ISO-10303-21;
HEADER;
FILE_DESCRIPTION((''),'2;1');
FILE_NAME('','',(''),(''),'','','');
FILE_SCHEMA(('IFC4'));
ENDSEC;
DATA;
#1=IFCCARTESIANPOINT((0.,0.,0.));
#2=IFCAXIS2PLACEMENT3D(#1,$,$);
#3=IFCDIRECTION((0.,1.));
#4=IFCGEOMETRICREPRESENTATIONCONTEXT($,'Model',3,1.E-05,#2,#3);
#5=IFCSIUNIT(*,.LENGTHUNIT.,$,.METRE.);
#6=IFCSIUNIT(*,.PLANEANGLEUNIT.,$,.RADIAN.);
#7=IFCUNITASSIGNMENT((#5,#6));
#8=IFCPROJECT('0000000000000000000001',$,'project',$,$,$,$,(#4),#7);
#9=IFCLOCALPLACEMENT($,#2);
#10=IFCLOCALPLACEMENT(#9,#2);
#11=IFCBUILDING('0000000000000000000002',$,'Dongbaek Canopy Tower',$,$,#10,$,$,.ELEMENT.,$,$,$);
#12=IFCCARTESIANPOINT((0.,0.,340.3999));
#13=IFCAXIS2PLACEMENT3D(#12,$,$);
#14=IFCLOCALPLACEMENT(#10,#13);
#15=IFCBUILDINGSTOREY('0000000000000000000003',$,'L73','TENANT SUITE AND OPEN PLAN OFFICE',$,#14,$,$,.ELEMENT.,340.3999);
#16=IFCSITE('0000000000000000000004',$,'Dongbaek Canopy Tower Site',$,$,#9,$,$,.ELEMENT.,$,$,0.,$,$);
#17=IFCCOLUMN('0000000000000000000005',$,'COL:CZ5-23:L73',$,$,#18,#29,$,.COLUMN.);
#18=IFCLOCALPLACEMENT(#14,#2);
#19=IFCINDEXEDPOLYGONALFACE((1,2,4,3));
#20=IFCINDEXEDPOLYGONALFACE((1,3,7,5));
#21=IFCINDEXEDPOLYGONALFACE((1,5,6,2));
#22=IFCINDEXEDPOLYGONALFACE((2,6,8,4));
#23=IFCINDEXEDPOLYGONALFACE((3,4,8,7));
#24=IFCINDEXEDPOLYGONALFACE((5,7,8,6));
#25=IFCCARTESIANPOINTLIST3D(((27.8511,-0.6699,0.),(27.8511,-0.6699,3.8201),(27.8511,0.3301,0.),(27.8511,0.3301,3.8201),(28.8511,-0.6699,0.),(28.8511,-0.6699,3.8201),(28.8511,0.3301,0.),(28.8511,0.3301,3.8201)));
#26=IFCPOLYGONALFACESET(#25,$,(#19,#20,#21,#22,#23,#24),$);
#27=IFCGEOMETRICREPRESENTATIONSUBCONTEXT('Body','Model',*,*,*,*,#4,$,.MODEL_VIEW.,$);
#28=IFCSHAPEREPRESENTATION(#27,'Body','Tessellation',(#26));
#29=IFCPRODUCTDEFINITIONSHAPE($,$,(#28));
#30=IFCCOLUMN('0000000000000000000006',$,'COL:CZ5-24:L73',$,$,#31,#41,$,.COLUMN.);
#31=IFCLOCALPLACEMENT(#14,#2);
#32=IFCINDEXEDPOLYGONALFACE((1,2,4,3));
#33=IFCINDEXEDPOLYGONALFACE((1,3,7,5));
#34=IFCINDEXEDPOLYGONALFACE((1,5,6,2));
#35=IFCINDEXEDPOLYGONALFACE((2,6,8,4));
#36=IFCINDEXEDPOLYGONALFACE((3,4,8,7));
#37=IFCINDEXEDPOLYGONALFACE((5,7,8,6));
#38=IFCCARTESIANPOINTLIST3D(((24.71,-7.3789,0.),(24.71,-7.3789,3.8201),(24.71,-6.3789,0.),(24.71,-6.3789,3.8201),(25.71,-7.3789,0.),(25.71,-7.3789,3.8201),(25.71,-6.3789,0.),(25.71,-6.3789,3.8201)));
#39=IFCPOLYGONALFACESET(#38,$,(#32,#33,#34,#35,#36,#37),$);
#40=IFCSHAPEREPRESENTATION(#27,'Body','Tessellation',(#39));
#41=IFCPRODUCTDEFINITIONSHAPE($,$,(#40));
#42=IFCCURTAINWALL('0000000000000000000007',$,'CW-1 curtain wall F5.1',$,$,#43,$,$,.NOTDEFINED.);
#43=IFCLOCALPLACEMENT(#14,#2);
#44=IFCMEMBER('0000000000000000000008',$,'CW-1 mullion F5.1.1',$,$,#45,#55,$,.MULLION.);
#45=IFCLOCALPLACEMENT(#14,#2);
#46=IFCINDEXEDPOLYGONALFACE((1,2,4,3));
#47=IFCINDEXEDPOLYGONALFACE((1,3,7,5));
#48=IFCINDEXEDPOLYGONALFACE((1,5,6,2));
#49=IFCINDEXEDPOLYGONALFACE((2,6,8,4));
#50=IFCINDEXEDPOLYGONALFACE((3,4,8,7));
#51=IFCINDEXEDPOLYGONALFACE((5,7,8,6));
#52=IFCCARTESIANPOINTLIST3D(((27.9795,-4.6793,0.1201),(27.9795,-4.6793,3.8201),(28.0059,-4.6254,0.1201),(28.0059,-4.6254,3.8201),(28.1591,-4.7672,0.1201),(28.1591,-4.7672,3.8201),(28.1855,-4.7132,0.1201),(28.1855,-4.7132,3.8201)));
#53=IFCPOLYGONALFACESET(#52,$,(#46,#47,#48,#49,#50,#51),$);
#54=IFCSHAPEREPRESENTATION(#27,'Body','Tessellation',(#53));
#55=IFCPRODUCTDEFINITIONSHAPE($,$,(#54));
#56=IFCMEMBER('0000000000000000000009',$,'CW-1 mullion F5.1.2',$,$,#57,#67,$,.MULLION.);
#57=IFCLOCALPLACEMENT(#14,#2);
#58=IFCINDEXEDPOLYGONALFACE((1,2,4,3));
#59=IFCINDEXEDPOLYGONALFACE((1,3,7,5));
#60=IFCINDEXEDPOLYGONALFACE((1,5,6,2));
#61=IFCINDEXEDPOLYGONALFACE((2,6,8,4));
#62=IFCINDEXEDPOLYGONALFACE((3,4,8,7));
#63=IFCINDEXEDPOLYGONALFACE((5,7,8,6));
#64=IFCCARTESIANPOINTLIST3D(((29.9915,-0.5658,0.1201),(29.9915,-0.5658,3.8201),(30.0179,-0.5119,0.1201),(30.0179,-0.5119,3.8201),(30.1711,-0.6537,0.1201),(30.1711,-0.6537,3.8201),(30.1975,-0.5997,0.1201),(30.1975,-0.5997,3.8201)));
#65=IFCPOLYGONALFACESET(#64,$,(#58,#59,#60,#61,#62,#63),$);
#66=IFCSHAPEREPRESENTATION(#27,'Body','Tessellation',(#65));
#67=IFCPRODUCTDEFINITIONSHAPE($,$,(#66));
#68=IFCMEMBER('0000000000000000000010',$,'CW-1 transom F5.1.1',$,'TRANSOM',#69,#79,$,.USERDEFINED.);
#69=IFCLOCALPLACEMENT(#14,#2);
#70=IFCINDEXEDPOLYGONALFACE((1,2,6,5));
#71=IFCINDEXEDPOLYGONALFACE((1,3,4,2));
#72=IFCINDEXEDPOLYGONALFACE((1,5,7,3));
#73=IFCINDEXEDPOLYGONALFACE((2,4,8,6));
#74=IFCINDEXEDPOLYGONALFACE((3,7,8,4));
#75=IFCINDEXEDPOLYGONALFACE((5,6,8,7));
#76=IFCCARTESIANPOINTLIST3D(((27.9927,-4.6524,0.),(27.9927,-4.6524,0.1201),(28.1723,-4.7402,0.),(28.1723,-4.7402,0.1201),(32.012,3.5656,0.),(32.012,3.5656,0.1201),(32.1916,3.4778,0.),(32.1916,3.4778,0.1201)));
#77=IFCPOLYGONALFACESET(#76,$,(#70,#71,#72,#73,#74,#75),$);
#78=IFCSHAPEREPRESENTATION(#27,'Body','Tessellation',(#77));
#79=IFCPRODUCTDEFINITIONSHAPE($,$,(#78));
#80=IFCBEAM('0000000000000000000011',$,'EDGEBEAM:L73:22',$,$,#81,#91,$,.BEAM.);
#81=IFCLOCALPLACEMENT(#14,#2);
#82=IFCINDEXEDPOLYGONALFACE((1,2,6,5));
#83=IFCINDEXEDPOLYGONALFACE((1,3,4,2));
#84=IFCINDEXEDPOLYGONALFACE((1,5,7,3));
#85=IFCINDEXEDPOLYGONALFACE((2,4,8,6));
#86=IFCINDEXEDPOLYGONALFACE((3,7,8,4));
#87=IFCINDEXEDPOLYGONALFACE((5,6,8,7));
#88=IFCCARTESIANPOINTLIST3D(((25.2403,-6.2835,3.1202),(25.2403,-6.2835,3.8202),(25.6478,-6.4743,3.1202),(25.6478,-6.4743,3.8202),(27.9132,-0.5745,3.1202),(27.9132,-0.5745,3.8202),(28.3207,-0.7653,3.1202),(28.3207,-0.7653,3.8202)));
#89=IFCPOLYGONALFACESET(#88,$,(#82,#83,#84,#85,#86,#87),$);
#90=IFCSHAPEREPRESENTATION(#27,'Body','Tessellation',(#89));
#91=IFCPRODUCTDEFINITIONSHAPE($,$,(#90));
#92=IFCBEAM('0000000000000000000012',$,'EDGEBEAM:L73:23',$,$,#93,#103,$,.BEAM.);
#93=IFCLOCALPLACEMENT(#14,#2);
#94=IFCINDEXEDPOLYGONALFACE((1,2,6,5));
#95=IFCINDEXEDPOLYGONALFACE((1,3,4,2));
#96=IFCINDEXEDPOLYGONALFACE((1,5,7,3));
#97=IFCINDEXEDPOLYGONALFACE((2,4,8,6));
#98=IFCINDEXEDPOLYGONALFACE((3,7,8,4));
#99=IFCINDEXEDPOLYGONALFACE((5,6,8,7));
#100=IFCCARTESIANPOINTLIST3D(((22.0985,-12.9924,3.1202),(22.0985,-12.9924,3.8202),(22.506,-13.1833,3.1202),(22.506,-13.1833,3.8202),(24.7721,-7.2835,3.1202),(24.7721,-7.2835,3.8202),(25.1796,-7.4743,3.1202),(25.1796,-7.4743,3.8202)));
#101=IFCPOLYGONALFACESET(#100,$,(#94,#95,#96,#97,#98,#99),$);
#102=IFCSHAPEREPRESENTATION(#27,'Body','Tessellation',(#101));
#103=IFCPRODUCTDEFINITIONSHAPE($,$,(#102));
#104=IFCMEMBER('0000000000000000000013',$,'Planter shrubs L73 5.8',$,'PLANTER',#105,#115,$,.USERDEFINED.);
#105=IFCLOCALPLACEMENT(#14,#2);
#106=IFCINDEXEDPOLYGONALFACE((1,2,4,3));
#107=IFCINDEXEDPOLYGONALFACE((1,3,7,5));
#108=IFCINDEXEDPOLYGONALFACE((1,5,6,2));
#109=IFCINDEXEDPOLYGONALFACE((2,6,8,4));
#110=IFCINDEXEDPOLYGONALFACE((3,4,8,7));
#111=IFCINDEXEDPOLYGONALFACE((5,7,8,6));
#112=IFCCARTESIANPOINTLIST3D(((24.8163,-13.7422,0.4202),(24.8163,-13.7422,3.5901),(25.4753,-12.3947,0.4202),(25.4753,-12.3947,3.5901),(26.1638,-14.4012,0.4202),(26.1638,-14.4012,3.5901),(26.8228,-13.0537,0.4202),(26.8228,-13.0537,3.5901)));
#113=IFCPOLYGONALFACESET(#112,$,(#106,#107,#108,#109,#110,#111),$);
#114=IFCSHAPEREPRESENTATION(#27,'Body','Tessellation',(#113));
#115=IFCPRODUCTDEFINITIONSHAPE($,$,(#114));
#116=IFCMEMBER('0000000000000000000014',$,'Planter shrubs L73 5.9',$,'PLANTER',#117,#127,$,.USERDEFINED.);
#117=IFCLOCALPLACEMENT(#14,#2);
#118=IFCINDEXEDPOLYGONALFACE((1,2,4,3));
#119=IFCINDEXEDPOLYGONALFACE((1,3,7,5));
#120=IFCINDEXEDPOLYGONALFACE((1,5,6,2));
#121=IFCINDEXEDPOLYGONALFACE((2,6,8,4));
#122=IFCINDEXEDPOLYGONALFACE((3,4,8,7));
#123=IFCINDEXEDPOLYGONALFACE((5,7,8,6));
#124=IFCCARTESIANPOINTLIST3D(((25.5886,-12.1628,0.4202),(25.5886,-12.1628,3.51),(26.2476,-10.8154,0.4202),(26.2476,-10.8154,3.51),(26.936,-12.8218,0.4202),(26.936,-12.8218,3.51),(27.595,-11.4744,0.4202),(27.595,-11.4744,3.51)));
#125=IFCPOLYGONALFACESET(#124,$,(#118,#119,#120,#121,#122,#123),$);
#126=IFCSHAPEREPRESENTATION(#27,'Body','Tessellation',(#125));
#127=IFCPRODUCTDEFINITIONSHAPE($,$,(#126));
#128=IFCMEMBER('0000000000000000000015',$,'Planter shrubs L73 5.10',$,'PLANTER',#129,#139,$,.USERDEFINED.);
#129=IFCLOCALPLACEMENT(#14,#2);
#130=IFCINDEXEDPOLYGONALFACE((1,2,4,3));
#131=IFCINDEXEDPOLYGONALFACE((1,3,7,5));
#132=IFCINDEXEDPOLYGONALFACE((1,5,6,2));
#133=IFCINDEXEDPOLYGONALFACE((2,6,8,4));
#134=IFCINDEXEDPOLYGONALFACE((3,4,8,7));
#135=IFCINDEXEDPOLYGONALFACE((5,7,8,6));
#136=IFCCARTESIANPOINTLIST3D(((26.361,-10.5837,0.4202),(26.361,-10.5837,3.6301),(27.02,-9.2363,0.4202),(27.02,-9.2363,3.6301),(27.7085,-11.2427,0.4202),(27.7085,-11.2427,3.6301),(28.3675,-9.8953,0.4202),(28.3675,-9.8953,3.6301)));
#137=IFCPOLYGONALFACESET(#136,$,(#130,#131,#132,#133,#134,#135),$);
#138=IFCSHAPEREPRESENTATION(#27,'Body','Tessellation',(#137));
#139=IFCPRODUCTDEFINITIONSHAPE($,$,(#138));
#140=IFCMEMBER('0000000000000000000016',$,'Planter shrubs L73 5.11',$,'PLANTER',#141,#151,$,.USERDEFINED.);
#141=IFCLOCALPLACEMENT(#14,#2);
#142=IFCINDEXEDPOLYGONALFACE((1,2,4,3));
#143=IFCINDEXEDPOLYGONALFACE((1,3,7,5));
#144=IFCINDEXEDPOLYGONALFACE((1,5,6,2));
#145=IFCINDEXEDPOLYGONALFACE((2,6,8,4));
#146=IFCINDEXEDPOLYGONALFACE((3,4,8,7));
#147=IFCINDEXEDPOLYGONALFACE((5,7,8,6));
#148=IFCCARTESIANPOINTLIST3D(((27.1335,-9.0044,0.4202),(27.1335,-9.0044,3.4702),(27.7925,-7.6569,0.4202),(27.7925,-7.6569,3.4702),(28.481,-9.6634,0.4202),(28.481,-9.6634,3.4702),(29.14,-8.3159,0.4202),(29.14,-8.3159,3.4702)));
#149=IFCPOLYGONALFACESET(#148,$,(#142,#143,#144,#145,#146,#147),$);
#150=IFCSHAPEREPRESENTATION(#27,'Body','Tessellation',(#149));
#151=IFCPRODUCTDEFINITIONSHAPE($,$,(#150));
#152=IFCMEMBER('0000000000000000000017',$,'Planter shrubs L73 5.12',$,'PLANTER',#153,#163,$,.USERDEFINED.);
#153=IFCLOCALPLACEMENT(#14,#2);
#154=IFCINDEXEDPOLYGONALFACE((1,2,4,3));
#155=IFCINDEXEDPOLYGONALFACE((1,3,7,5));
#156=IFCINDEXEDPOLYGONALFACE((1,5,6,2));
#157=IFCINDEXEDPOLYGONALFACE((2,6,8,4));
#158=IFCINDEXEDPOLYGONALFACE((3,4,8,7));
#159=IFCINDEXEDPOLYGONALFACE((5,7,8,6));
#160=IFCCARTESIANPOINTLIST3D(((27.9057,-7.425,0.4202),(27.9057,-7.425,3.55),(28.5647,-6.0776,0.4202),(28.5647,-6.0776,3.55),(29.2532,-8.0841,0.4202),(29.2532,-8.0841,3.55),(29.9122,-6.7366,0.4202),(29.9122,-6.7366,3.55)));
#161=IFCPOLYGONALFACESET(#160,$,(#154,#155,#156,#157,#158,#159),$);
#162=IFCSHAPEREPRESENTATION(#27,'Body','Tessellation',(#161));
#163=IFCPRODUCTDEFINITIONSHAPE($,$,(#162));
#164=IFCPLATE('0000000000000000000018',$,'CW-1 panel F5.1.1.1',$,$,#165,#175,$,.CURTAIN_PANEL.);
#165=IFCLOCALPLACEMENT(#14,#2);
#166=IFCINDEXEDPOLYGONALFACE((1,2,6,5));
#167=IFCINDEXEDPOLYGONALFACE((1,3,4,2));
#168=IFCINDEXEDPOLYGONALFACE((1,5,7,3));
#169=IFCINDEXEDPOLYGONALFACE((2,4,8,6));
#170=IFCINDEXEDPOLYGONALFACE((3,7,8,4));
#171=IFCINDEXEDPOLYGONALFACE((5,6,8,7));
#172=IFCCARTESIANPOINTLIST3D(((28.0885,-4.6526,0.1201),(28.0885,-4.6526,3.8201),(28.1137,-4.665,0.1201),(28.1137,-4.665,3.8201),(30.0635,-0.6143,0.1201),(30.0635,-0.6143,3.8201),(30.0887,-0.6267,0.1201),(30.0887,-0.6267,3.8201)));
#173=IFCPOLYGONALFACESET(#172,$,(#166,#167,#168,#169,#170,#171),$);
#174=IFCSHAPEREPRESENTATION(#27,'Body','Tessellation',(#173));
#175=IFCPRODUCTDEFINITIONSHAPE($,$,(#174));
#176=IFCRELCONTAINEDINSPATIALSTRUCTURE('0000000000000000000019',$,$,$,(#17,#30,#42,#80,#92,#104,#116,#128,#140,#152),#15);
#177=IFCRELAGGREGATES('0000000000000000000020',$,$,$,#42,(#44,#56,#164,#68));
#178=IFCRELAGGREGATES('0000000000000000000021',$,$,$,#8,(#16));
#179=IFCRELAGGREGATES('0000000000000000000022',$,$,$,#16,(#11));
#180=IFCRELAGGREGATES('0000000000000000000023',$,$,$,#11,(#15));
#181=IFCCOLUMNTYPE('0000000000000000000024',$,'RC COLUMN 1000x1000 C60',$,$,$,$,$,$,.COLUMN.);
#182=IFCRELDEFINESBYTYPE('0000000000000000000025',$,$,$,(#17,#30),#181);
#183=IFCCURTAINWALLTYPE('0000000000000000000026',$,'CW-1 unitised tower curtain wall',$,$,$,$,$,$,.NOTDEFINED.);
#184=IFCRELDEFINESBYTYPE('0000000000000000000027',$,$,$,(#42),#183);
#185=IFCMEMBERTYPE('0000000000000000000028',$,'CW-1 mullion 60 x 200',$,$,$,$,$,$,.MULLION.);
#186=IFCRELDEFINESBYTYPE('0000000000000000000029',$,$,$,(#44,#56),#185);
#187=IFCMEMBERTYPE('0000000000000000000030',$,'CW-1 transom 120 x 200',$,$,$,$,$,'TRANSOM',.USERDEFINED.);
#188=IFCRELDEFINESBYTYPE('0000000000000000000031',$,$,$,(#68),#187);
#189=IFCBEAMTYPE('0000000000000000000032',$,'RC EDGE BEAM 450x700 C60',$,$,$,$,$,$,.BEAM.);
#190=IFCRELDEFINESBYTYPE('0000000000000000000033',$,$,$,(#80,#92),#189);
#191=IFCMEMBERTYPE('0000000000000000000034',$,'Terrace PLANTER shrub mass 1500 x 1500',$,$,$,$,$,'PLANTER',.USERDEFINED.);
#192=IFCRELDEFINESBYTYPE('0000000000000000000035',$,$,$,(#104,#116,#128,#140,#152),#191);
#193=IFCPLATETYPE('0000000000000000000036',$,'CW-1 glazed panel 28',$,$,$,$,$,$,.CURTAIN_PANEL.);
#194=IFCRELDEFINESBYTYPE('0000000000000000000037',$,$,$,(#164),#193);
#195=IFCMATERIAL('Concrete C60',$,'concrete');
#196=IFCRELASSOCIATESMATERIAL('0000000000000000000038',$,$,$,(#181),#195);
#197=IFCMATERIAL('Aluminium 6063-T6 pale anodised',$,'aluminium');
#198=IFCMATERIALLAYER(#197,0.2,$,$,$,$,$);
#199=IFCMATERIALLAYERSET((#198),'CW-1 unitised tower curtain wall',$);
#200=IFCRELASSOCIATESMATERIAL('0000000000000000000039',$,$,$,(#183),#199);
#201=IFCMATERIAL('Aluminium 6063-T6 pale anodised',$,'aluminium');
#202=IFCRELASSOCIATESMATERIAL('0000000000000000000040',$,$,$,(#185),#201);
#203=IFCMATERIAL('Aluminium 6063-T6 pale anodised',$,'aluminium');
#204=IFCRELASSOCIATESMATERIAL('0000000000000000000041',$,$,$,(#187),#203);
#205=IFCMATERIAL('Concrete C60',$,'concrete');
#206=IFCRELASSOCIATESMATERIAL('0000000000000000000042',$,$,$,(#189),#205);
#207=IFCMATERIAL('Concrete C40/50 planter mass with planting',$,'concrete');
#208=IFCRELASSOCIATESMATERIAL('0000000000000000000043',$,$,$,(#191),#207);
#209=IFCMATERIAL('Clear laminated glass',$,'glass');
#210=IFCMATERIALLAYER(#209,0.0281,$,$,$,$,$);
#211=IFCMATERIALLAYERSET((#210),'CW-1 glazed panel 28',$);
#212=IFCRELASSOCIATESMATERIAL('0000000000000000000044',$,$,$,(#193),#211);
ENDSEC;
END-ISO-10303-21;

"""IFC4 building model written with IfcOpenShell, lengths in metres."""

from ifc_helpers import new_model, si_unit, direction, frame, origin, origin_2d, place, context, subcontext, project, spatial, rectangle, extrude, material, layer, layer_set, material_profile, profile_set, type_object, element, aggregate, save


model = new_model("IFC4")

# Units and contexts
model_context = context("Model", 3, precision=1e-05, world=origin(), true_north=direction((0.0, 1.0)))
body_context = subcontext(model_context, "Body", "Model", "MODEL_VIEW")
ifc_project = project(units=[si_unit("LENGTHUNIT", "METRE"), si_unit("PLANEANGLEUNIT", "RADIAN")], contexts=[model_context])

# Site, building, storey
site_placement = place(None, origin())
site = spatial("IfcSite", under=ifc_project, at=site_placement, Name="Dongbaek Canopy Tower Site", CompositionType="ELEMENT", RefElevation=0.0)
building_placement = place(site_placement, origin())
building = spatial("IfcBuilding", under=site, at=building_placement, Name="Dongbaek Canopy Tower", CompositionType="ELEMENT")
storey_placement = place(building_placement, frame((0.0, 0.0, 340.3999)))
storey = spatial("IfcBuildingStorey", under=building, at=storey_placement, Name="L73", Description="TENANT SUITE AND OPEN PLAN OFFICE", CompositionType="ELEMENT", Elevation=340.3999)

# Columns
ifc_material_1 = material(Name="Concrete C60", Category="concrete")
ifc_material_profile_1 = material_profile(ifc_material_1, rectangle(XDim=1.0, YDim=1.0, at=origin_2d()), Name="RC COLUMN 1000x1000 C60")
ifc_profile_set_1 = profile_set([ifc_material_profile_1], Name="Concrete C60")
column_type = type_object("IfcColumnType", Name="RC COLUMN 1000x1000 C60", PredefinedType="COLUMN", material=ifc_profile_set_1)
for number, where, z_axis, x_axis, name in (
    (1, (28.3511, -0.1699, 0.0), (0.0, 0.0, 1.0), (1.0, 0.0, 0.0), "COL:CZ5-23:L73"),
    (2, (25.21, -6.8789, 0.0), (0.0, 0.0, 1.0), (1.0, 0.0, 0.0), "COL:CZ5-24:L73"),
):
    element("IfcColumn", number, at=place(storey_placement, frame(where, z_axis=z_axis, x_axis=x_axis)), inside=storey, type_object=column_type, Name=name, PredefinedType="COLUMN", context=body_context, shape_type="SweptSolid", body=[
        extrude(rectangle(XDim=1.0, YDim=1.0, at=origin_2d()), origin(), (0.0, 0.0, 1.0), 3.8201),
    ])

# Curtain wall, members
ifc_material_2 = material(Name="Aluminium 6063-T6 pale anodised", Category="aluminium")
ifc_layer_1 = layer(ifc_material_2, 0.2)
ifc_layer_set_1 = layer_set([ifc_layer_1], Name="CW-1 unitised tower curtain wall")
curtain_wall_type = type_object("IfcCurtainWallType", Name="CW-1 unitised tower curtain wall", PredefinedType="NOTDEFINED", material=ifc_layer_set_1)
curtain_wall_placement = place(storey_placement, origin())
curtain_wall = element("IfcCurtainWall", 3, at=curtain_wall_placement, inside=storey, type_object=curtain_wall_type, Name="CW-1 curtain wall F5.1", PredefinedType="NOTDEFINED")
ifc_material_3 = material(Name="Aluminium 6063-T6 pale anodised", Category="aluminium")
ifc_material_profile_2 = material_profile(ifc_material_3, rectangle(XDim=0.2, YDim=0.0601, at=origin_2d()), Name="CW-1 mullion 60 x 200")
ifc_profile_set_2 = profile_set([ifc_material_profile_2], Name="Aluminium 6063-T6 pale anodised")
member_type_1 = type_object("IfcMemberType", Name="CW-1 mullion 60 x 200", PredefinedType="MULLION", material=ifc_profile_set_2)
member_1_placement = place(storey_placement, frame((28.0825, -4.6963, 0.1201), z_axis=(0.0, 0.0, 1.0), x_axis=(0.898322, -0.439337, 0.0)))
member_1 = element("IfcMember", 4, at=member_1_placement, type_object=member_type_1, Name="CW-1 mullion F5.1.1", PredefinedType="MULLION", context=body_context, shape_type="SweptSolid", body=[
    extrude(rectangle(XDim=0.2, YDim=0.0601, at=origin_2d()), origin(), (0.0, 0.0, 1.0), 3.7),
])
member_2_placement = place(storey_placement, frame((30.0945, -0.5828, 0.1201), z_axis=(0.0, 0.0, 1.0), x_axis=(0.898322, -0.439337, 0.0)))
member_2 = element("IfcMember", 5, at=member_2_placement, type_object=member_type_1, Name="CW-1 mullion F5.1.2", PredefinedType="MULLION", context=body_context, shape_type="SweptSolid", body=[
    extrude(rectangle(XDim=0.2, YDim=0.0601, at=origin_2d()), origin(), (0.0, 0.0, 1.0), 3.7),
])
ifc_material_4 = material(Name="Aluminium 6063-T6 pale anodised", Category="aluminium")
ifc_material_profile_3 = material_profile(ifc_material_4, rectangle(XDim=0.2, YDim=0.1201, at=origin_2d()), Name="CW-1 transom 120 x 200")
ifc_profile_set_3 = profile_set([ifc_material_profile_3], Name="Aluminium 6063-T6 pale anodised")
member_type_2 = type_object("IfcMemberType", Name="CW-1 transom 120 x 200", ElementType="TRANSOM", PredefinedType="USERDEFINED", material=ifc_profile_set_3)
member_3_placement = place(storey_placement, frame((28.0825, -4.6963, 0.0601), z_axis=(0.43935, 0.898316, 0.0), x_axis=(-0.898316, 0.43935, 0.0)))
member_3 = element("IfcMember", 6, at=member_3_placement, type_object=member_type_2, Name="CW-1 transom F5.1.1", ObjectType="TRANSOM", PredefinedType="USERDEFINED", context=body_context, shape_type="SweptSolid", body=[
    extrude(rectangle(XDim=0.2, YDim=0.1201, at=origin_2d()), origin(), (0.0, 0.0, 1.0), 9.1482),
])

# Beams
ifc_material_5 = material(Name="Concrete C60", Category="concrete")
ifc_material_profile_4 = material_profile(ifc_material_5, rectangle(XDim=0.45, YDim=0.7, at=origin_2d()), Name="RC EDGE BEAM 450x700 C60")
ifc_profile_set_4 = profile_set([ifc_material_profile_4], Name="Concrete C60")
beam_type = type_object("IfcBeamType", Name="RC EDGE BEAM 450x700 C60", PredefinedType="BEAM", material=ifc_profile_set_4)
beam_1_placement = place(storey_placement, frame((28.1169, -0.6699, 3.4702), z_axis=(-0.424013, -0.905656, 0.0), x_axis=(0.905656, -0.424013, 0.0)))
element("IfcBeam", 7, at=beam_1_placement, inside=storey, type_object=beam_type, Name="EDGEBEAM:L73:22", PredefinedType="BEAM", context=body_context, shape_type="SweptSolid", body=[
    extrude(rectangle(XDim=0.45, YDim=0.7, at=origin_2d()), origin(), (0.0, 0.0, 1.0), 6.3037),
])
beam_2_placement = place(storey_placement, frame((24.9758, -7.3789, 3.4702), z_axis=(-0.424108, -0.905611, 0.0), x_axis=(0.905611, -0.424108, 0.0)))
element("IfcBeam", 8, at=beam_2_placement, inside=storey, type_object=beam_type, Name="EDGEBEAM:L73:23", PredefinedType="BEAM", context=body_context, shape_type="SweptSolid", body=[
    extrude(rectangle(XDim=0.45, YDim=0.7, at=origin_2d()), origin(), (0.0, 0.0, 1.0), 6.304),
])

# Members
ifc_material_6 = material(Name="Concrete C40/50 planter mass with planting", Category="concrete")
ifc_material_profile_5 = material_profile(ifc_material_6, rectangle(XDim=1.5, YDim=1.5, at=origin_2d()), Name="Terrace PLANTER shrub mass 1500 x 1500")
ifc_profile_set_5 = profile_set([ifc_material_profile_5], Name="Concrete C40/50 planter mass with planting")
member_type_3 = type_object("IfcMemberType", Name="Terrace PLANTER shrub mass 1500 x 1500", ElementType="PLANTER", PredefinedType="USERDEFINED", material=ifc_profile_set_5)
member_4_placement = place(storey_placement, frame((25.8196, -13.3979, 0.4202), z_axis=(0.0, 0.0, 1.0), x_axis=(0.898322, -0.439337, 0.0)))
element("IfcMember", 9, at=member_4_placement, inside=storey, type_object=member_type_3, Name="Planter shrubs L73 5.8", ObjectType="PLANTER", PredefinedType="USERDEFINED", context=body_context, shape_type="SweptSolid", body=[
    extrude(rectangle(XDim=1.5, YDim=1.5, at=origin_2d()), origin(), (0.0, 0.0, 1.0), 3.1699),
])
member_5_placement = place(storey_placement, frame((26.5918, -11.8186, 0.4202), z_axis=(0.0, 0.0, 1.0), x_axis=(0.898322, -0.439337, 0.0)))
element("IfcMember", 10, at=member_5_placement, inside=storey, type_object=member_type_3, Name="Planter shrubs L73 5.9", ObjectType="PLANTER", PredefinedType="USERDEFINED", context=body_context, shape_type="SweptSolid", body=[
    extrude(rectangle(XDim=1.5, YDim=1.5, at=origin_2d()), origin(), (0.0, 0.0, 1.0), 3.0898),
])
member_6_placement = place(storey_placement, frame((27.3643, -10.2395, 0.4202), z_axis=(0.0, 0.0, 1.0), x_axis=(0.898322, -0.439337, 0.0)))
element("IfcMember", 11, at=member_6_placement, inside=storey, type_object=member_type_3, Name="Planter shrubs L73 5.10", ObjectType="PLANTER", PredefinedType="USERDEFINED", context=body_context, shape_type="SweptSolid", body=[
    extrude(rectangle(XDim=1.5, YDim=1.5, at=origin_2d()), origin(), (0.0, 0.0, 1.0), 3.21),
])
member_7_placement = place(storey_placement, frame((28.1367, -8.6602, 0.4202), z_axis=(0.0, 0.0, 1.0), x_axis=(0.898322, -0.439337, 0.0)))
element("IfcMember", 12, at=member_7_placement, inside=storey, type_object=member_type_3, Name="Planter shrubs L73 5.11", ObjectType="PLANTER", PredefinedType="USERDEFINED", context=body_context, shape_type="SweptSolid", body=[
    extrude(rectangle(XDim=1.5, YDim=1.5, at=origin_2d()), origin(), (0.0, 0.0, 1.0), 3.05),
])
member_8_placement = place(storey_placement, frame((28.9089, -7.0808, 0.4202), z_axis=(0.0, 0.0, 1.0), x_axis=(0.898322, -0.439337, 0.0)))
element("IfcMember", 13, at=member_8_placement, inside=storey, type_object=member_type_3, Name="Planter shrubs L73 5.12", ObjectType="PLANTER", PredefinedType="USERDEFINED", context=body_context, shape_type="SweptSolid", body=[
    extrude(rectangle(XDim=1.5, YDim=1.5, at=origin_2d()), origin(), (0.0, 0.0, 1.0), 3.1299),
])

# Plate
ifc_material_7 = material(Name="Clear laminated glass", Category="glass")
ifc_layer_2 = layer(ifc_material_7, 0.0281)
ifc_layer_set_2 = layer_set([ifc_layer_2], Name="CW-1 glazed panel 28")
plate_type = type_object("IfcPlateType", Name="CW-1 glazed panel 28", PredefinedType="CURTAIN_PANEL", material=ifc_layer_set_2)
plate_placement = place(storey_placement, frame((29.0886, -2.6396, 0.1201), z_axis=(0.0, 0.0, 1.0), x_axis=(0.439337, 0.898322, 0.0)))
plate = element("IfcPlate", 14, at=plate_placement, type_object=plate_type, Name="CW-1 panel F5.1.1.1", PredefinedType="CURTAIN_PANEL", context=body_context, shape_type="SweptSolid", body=[
    extrude(rectangle(XDim=4.4954, YDim=0.0281, at=origin_2d()), origin(), (0.0, 0.0, 1.0), 3.7),
])

aggregate(curtain_wall, [member_1, member_2, plate, member_3])

save(model, "model.ifc")
